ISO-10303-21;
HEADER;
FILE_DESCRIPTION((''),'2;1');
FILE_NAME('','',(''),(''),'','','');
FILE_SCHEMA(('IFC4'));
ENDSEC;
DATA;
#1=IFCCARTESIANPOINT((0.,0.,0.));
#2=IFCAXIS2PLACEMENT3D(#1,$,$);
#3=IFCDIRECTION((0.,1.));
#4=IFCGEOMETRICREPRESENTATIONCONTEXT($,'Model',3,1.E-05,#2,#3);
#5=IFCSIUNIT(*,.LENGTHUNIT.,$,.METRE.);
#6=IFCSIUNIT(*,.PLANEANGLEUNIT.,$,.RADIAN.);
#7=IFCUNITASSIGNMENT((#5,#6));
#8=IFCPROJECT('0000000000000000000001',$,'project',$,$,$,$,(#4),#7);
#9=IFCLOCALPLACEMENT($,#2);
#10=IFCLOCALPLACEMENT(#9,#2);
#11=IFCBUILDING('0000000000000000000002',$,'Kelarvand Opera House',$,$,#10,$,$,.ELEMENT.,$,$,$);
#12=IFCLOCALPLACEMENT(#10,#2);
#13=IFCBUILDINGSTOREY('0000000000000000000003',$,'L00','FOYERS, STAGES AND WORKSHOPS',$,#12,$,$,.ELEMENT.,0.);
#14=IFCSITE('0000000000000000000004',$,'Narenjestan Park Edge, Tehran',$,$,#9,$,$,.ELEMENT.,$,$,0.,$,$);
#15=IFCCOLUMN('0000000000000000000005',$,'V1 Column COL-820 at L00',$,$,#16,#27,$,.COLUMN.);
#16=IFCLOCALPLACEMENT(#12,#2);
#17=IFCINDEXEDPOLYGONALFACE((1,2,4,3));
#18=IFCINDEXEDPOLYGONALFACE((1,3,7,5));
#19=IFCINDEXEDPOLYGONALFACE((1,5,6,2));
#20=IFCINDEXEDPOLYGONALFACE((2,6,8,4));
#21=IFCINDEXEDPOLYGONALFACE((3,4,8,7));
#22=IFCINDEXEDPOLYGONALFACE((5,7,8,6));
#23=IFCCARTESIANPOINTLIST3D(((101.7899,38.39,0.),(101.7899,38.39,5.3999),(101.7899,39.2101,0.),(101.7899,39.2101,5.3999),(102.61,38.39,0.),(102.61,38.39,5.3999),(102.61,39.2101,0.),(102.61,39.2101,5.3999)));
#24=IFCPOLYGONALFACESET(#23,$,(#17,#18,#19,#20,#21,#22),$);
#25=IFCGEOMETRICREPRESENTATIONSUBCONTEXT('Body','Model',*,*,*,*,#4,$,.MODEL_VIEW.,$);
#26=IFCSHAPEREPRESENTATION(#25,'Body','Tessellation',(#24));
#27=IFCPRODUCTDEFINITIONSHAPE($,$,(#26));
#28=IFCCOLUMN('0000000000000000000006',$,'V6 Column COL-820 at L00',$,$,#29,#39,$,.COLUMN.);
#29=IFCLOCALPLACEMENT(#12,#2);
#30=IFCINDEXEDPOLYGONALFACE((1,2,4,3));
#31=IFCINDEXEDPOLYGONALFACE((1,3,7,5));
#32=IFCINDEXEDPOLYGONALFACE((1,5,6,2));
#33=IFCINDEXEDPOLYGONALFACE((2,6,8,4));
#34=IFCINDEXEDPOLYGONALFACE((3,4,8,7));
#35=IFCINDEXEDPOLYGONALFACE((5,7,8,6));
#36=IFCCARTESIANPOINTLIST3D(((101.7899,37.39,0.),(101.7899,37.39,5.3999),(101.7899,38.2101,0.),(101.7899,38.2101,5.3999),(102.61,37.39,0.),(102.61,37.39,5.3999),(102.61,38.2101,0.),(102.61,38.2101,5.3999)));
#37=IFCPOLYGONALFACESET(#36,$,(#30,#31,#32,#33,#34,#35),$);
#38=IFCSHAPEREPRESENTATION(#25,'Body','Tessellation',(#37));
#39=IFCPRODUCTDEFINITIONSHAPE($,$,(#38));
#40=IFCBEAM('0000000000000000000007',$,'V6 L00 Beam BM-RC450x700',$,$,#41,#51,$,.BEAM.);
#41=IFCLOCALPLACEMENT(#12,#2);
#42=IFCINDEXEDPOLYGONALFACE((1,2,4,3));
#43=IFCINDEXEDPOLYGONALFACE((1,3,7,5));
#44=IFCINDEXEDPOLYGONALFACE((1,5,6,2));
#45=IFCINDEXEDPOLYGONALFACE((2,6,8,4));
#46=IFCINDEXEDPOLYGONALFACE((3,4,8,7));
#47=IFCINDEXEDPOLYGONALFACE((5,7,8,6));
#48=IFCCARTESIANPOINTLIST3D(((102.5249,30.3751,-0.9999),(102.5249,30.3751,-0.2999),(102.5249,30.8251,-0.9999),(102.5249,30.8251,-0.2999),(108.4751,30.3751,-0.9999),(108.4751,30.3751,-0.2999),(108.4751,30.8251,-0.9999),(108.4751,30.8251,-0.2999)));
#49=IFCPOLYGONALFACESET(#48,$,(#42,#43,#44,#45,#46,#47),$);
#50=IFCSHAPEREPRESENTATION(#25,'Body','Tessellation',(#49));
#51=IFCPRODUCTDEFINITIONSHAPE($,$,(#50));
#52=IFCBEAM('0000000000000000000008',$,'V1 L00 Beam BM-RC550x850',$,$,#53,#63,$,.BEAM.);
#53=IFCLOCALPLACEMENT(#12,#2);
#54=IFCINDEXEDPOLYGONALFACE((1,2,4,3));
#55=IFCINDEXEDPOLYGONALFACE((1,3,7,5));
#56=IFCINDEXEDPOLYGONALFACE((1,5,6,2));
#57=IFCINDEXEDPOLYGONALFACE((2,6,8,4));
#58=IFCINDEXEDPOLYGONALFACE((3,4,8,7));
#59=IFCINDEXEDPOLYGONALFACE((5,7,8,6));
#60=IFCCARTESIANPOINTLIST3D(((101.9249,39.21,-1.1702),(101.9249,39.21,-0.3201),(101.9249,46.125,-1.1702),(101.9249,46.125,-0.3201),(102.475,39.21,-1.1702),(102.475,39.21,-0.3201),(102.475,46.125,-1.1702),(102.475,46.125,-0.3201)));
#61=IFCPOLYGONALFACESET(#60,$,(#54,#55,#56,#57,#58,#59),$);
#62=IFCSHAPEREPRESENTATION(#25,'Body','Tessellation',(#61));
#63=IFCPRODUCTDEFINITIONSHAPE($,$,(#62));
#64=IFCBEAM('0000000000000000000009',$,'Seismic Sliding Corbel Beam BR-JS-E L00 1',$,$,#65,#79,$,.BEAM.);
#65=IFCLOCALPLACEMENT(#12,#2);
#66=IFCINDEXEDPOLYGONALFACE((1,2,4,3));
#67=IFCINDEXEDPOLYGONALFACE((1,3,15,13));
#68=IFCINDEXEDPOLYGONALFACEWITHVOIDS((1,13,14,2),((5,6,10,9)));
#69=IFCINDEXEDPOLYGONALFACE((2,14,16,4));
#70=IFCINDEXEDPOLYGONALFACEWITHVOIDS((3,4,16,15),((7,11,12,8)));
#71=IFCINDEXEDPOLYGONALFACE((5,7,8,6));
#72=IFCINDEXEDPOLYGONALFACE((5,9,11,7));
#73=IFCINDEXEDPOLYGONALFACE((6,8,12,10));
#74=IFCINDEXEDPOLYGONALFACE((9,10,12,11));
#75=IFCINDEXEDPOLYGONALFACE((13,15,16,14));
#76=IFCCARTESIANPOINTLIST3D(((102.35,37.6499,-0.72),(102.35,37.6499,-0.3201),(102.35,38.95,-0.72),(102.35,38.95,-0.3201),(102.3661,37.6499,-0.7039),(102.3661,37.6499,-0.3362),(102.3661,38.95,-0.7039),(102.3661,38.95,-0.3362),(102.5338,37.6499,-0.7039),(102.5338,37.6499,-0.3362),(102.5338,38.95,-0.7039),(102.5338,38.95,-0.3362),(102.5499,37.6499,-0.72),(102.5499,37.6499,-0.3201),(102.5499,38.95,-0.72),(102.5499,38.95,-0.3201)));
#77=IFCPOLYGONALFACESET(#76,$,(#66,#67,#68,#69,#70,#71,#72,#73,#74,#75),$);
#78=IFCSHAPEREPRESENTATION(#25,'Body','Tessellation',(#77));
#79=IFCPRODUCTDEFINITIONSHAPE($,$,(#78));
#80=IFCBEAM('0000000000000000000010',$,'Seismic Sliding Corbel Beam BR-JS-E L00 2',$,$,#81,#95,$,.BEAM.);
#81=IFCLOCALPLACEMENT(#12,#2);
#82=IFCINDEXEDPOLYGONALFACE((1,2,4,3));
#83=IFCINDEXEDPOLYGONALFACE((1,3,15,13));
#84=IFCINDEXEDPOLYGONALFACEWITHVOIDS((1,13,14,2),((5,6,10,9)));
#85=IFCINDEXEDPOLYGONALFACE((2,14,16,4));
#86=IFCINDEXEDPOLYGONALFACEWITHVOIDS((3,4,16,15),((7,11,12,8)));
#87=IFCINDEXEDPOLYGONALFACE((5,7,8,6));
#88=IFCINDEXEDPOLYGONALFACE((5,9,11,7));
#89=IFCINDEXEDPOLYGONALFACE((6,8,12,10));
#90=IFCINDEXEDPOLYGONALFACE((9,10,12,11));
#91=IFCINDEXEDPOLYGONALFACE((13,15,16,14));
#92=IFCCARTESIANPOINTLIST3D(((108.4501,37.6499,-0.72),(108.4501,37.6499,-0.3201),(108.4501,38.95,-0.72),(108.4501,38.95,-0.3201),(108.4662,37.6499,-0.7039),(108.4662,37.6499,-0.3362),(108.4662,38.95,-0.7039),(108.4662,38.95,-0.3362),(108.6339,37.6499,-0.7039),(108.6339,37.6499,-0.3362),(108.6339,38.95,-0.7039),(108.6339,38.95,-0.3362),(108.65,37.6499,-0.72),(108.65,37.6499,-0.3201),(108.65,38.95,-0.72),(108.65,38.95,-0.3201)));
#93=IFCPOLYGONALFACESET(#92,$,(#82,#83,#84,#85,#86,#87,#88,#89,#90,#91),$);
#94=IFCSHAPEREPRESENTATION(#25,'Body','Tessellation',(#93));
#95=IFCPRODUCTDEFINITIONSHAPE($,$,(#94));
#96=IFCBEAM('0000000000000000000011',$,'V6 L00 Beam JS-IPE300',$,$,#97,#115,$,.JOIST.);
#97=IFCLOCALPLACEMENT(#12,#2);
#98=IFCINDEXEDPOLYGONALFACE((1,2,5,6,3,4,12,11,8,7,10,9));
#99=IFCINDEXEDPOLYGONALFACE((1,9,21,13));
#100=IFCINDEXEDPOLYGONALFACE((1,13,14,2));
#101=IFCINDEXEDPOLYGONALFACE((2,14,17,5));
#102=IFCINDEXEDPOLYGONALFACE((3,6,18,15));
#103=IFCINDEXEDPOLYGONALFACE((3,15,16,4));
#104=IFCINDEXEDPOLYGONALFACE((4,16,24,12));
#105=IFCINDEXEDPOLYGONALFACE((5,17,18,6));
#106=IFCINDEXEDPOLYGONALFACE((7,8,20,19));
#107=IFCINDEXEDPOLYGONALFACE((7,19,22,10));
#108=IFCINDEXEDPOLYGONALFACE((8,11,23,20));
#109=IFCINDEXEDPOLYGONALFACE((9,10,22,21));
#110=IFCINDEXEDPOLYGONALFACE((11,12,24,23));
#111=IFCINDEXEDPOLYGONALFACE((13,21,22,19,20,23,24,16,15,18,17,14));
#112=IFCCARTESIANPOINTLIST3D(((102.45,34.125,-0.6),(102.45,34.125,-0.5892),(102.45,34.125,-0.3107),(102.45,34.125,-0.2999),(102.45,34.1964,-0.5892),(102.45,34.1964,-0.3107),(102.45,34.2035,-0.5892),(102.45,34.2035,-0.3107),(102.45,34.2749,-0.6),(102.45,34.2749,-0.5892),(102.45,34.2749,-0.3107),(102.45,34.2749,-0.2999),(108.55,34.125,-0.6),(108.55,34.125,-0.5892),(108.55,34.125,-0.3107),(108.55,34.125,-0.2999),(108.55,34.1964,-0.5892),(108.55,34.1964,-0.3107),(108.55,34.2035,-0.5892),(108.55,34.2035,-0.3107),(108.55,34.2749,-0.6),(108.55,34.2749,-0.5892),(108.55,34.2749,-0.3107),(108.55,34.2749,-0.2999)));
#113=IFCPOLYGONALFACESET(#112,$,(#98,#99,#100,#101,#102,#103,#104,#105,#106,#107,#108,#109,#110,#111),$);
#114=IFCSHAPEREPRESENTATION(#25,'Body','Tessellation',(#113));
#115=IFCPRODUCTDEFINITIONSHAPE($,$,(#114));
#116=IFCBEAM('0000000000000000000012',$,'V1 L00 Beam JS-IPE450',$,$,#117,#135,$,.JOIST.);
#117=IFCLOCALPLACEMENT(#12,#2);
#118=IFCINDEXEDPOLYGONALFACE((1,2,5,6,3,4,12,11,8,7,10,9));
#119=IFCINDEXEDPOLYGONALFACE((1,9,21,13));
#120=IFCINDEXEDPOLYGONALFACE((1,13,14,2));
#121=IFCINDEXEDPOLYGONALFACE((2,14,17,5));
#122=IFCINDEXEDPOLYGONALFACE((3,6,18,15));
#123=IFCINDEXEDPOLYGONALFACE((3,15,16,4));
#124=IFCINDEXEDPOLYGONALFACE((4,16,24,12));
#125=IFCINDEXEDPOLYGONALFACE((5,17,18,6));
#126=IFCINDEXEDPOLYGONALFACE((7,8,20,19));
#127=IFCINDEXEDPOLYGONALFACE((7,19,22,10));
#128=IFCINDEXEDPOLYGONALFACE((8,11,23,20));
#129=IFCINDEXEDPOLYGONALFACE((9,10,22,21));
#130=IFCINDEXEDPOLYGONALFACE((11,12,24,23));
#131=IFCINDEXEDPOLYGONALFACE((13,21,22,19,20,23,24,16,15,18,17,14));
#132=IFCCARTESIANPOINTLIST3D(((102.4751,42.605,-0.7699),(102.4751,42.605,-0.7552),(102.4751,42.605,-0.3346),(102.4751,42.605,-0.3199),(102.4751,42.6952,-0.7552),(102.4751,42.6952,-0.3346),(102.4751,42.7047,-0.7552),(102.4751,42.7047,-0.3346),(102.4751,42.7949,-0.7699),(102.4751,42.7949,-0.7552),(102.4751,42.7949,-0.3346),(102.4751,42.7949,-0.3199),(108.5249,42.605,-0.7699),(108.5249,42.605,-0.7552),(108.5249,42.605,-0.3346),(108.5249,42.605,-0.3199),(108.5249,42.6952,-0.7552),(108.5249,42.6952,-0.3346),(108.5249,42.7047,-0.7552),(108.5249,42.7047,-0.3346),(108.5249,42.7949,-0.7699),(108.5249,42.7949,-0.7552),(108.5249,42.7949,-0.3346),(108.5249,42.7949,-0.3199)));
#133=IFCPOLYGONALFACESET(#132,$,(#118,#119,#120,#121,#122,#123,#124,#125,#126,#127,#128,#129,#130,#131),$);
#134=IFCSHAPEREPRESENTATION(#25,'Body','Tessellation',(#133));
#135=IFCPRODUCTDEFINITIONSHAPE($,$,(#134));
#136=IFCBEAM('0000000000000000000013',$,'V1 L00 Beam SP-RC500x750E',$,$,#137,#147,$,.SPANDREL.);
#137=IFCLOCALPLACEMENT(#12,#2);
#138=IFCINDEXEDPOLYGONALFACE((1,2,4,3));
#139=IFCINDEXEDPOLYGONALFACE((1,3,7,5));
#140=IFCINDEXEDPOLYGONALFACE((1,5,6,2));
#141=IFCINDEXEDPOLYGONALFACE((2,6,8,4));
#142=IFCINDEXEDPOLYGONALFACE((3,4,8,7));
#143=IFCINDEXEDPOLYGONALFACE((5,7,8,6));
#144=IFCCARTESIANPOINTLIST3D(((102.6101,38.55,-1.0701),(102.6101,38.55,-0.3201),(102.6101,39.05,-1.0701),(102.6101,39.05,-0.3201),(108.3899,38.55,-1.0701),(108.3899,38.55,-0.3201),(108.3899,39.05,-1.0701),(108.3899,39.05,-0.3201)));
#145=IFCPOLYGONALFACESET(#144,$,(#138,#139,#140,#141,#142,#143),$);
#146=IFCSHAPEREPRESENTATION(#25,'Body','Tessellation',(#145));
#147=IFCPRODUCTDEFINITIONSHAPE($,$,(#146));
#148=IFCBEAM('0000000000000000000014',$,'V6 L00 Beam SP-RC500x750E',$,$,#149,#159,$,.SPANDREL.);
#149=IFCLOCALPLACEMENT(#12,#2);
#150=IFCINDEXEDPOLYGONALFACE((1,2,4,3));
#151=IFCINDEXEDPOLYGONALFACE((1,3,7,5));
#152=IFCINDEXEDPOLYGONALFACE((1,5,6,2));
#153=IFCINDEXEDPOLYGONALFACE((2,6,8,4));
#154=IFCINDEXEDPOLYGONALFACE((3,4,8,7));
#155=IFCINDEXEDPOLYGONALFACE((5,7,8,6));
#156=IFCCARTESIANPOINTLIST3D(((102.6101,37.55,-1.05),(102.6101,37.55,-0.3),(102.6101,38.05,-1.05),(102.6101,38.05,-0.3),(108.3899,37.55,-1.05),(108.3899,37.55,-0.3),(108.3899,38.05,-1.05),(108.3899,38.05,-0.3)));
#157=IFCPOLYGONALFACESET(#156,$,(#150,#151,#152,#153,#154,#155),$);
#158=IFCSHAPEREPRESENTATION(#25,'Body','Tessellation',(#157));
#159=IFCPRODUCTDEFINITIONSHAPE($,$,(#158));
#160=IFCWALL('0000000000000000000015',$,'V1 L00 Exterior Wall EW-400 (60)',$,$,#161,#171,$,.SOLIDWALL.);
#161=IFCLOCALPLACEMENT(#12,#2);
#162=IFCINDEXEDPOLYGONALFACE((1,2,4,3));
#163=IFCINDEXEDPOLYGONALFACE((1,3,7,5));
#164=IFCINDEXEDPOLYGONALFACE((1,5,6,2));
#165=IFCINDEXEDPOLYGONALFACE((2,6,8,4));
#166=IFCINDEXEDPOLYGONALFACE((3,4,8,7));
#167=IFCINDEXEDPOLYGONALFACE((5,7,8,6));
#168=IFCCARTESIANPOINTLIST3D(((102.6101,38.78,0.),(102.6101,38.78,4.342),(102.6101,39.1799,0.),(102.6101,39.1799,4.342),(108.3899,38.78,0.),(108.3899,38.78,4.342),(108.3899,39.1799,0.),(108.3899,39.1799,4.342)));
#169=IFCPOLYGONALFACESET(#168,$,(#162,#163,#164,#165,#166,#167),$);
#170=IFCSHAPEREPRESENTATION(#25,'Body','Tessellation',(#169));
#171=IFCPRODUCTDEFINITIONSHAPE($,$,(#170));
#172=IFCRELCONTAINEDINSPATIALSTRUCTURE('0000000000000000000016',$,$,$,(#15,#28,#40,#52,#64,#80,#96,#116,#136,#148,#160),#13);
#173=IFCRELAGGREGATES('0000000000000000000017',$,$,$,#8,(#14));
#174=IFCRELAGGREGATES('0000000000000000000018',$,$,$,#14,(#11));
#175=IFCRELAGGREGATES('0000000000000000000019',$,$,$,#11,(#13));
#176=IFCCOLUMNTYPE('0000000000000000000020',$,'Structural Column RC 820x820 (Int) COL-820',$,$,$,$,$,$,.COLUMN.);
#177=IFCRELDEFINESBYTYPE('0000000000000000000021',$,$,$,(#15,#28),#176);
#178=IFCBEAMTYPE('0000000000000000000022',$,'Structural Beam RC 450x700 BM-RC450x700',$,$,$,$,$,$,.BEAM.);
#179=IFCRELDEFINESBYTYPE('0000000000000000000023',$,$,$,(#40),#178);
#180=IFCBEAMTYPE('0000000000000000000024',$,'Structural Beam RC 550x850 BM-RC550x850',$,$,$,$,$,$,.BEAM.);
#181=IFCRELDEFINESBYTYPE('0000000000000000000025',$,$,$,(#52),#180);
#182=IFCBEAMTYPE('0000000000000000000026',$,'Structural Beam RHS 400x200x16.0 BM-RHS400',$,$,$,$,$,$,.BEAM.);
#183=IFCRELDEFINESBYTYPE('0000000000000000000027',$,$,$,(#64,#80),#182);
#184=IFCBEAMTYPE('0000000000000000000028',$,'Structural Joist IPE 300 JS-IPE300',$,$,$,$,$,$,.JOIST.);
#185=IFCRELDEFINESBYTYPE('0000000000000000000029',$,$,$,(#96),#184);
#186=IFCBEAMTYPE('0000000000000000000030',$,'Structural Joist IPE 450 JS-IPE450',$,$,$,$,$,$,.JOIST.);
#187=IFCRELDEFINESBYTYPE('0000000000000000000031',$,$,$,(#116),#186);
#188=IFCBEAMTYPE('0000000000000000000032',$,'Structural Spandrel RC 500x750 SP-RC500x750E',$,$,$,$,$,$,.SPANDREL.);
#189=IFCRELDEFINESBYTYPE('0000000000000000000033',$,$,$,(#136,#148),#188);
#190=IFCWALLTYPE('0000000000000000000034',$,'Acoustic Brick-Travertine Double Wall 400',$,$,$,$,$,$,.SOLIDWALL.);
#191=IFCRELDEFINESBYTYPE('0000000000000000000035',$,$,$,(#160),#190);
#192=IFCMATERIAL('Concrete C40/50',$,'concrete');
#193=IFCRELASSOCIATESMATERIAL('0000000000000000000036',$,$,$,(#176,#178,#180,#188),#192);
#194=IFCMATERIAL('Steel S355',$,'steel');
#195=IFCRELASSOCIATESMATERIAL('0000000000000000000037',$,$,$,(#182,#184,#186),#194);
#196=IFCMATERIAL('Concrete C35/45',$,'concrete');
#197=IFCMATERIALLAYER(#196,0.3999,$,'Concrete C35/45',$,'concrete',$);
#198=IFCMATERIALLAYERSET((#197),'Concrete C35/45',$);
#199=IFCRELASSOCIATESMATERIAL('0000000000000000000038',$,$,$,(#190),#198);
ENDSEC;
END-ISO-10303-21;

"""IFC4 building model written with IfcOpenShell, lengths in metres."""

from ifc_helpers import new_model, si_unit, direction, frame, frame_2d, origin, origin_2d, place, context, subcontext, project, spatial, rectangle, hollow_rectangle, i_section, extrude, material, layer, layer_set, material_profile, profile_set, type_object, element, save


model = new_model("IFC4")

# Units and contexts
model_context = context("Model", 3, precision=1e-05, world=origin(), true_north=direction((0.0, 1.0)))
body_context = subcontext(model_context, "Body", "Model", "MODEL_VIEW")
ifc_project = project(units=[si_unit("LENGTHUNIT", "METRE"), si_unit("PLANEANGLEUNIT", "RADIAN")], contexts=[model_context])

# Site, building, storey
site_placement = place(None, origin())
site = spatial("IfcSite", under=ifc_project, at=site_placement, Name="Narenjestan Park Edge, Tehran", CompositionType="ELEMENT", RefElevation=0.0)
building_placement = place(site_placement, origin())
building = spatial("IfcBuilding", under=site, at=building_placement, Name="Kelarvand Opera House", CompositionType="ELEMENT")
storey_placement = place(building_placement, origin())
storey = spatial("IfcBuildingStorey", under=building, at=storey_placement, Name="L00", Description="FOYERS, STAGES AND WORKSHOPS", CompositionType="ELEMENT", Elevation=0.0)

# Columns
ifc_material_1 = material(Name="Concrete C40/50", Category="concrete")
ifc_material_profile_1 = material_profile(ifc_material_1, rectangle(XDim=0.8201, YDim=0.8201, at=origin_2d()), Name="RC 820x820", Category="concrete")
ifc_profile_set_1 = profile_set([ifc_material_profile_1], Name="Concrete C40/50")
column_type = type_object("IfcColumnType", Name="Structural Column RC 820x820 (Int) COL-820", PredefinedType="COLUMN", material=ifc_profile_set_1)
for number, where, z_axis, x_axis, name in (
    (1, (102.2, 38.8, 0.0), (0.0, 0.0, 1.0), (1.0, 0.0, 0.0), "V1 Column COL-820 at L00"),
    (2, (102.2, 37.8, 0.0), (0.0, 0.0, 1.0), (1.0, 0.0, 0.0), "V6 Column COL-820 at L00"),
):
    element("IfcColumn", number, at=place(storey_placement, frame(where, z_axis=z_axis, x_axis=x_axis)), inside=storey, type_object=column_type, Name=name, PredefinedType="COLUMN", context=body_context, shape_type="SweptSolid", body=[
        extrude(rectangle(XDim=0.8201, YDim=0.8201, at=origin_2d()), origin(), (0.0, 0.0, 1.0), 5.3999),
    ])

# Beams
ifc_material_profile_2 = material_profile(ifc_material_1, rectangle(XDim=0.45, YDim=0.7, at=origin_2d()), Name="RC 450x700", Category="concrete")
ifc_profile_set_2 = profile_set([ifc_material_profile_2], Name="Concrete C40/50")
beam_type_1 = type_object("IfcBeamType", Name="Structural Beam RC 450x700 BM-RC450x700", PredefinedType="BEAM", material=ifc_profile_set_2)
beam_1_placement = place(storey_placement, frame((102.5249, 30.6001, -0.6499), z_axis=(1.0, 0.0, 0.0), x_axis=(0.0, 1.0, 0.0)))
element("IfcBeam", 3, at=beam_1_placement, inside=storey, type_object=beam_type_1, Name="V6 L00 Beam BM-RC450x700", PredefinedType="BEAM", context=body_context, shape_type="SweptSolid", body=[
    extrude(rectangle(XDim=0.45, YDim=0.7, at=origin_2d()), origin(), (0.0, 0.0, 1.0), 5.9502),
])
ifc_material_profile_3 = material_profile(ifc_material_1, rectangle(XDim=0.55, YDim=0.8501, at=origin_2d()), Name="RC 550x850", Category="concrete")
ifc_profile_set_3 = profile_set([ifc_material_profile_3], Name="Concrete C40/50")
beam_type_2 = type_object("IfcBeamType", Name="Structural Beam RC 550x850 BM-RC550x850", PredefinedType="BEAM", material=ifc_profile_set_3)
beam_2_placement = place(storey_placement, frame((102.2, 39.21, -0.7451), z_axis=(0.0, 1.0, 0.0), x_axis=(-1.0, 0.0, 0.0)))
element("IfcBeam", 4, at=beam_2_placement, inside=storey, type_object=beam_type_2, Name="V1 L00 Beam BM-RC550x850", PredefinedType="BEAM", context=body_context, shape_type="SweptSolid", body=[
    extrude(rectangle(XDim=0.55, YDim=0.8501, at=origin_2d()), origin(), (0.0, 0.0, 1.0), 6.915),
])
ifc_material_2 = material(Name="Steel S355", Category="steel")
ifc_material_profile_4 = material_profile(ifc_material_2, hollow_rectangle(XDim=0.2, YDim=0.3999, WallThickness=0.0161, at=origin_2d()), Name="RHS 400x200x16.0", Category="steel")
ifc_profile_set_4 = profile_set([ifc_material_profile_4], Name="Steel S355")
beam_type_3 = type_object("IfcBeamType", Name="Structural Beam RHS 400x200x16.0 BM-RHS400", PredefinedType="BEAM", material=ifc_profile_set_4)
for number, where, z_axis, x_axis, name in (
    (5, (102.45, 37.6499, -0.52), (0.0, 1.0, 0.0), (-1.0, 0.0, 0.0), "Seismic Sliding Corbel Beam BR-JS-E L00 1"),
    (6, (108.55, 37.6499, -0.52), (0.0, 1.0, 0.0), (-1.0, 0.0, 0.0), "Seismic Sliding Corbel Beam BR-JS-E L00 2"),
):
    element("IfcBeam", number, at=place(storey_placement, frame(where, z_axis=z_axis, x_axis=x_axis)), inside=storey, type_object=beam_type_3, Name=name, PredefinedType="BEAM", context=body_context, shape_type="SweptSolid", body=[
        extrude(hollow_rectangle(XDim=0.2, YDim=0.3999, WallThickness=0.0161, at=origin_2d()), origin(), (0.0, 0.0, 1.0), 1.3),
    ])
ifc_material_profile_5 = material_profile(ifc_material_2, i_section(OverallWidth=0.1499, OverallDepth=0.3, WebThickness=0.0071, FlangeThickness=0.0107, at=origin_2d()), Name="IPE 300", Category="steel")
ifc_profile_set_5 = profile_set([ifc_material_profile_5], Name="Steel S355")
beam_type_4 = type_object("IfcBeamType", Name="Structural Joist IPE 300 JS-IPE300", PredefinedType="JOIST", material=ifc_profile_set_5)
beam_3_placement = place(storey_placement, frame((102.45, 34.2, -0.45), z_axis=(1.0, 0.0, 0.0), x_axis=(0.0, 1.0, 0.0)))
element("IfcBeam", 7, at=beam_3_placement, inside=storey, type_object=beam_type_4, Name="V6 L00 Beam JS-IPE300", PredefinedType="JOIST", context=body_context, shape_type="SweptSolid", body=[
    extrude(i_section(OverallWidth=0.1499, OverallDepth=0.3, WebThickness=0.0071, FlangeThickness=0.0107, at=origin_2d()), origin(), (0.0, 0.0, 1.0), 6.1001),
])
ifc_material_profile_6 = material_profile(ifc_material_2, i_section(OverallWidth=0.1899, OverallDepth=0.45, WebThickness=0.0095, FlangeThickness=0.0146, at=origin_2d()), Name="IPE 450", Category="steel")
ifc_profile_set_6 = profile_set([ifc_material_profile_6], Name="Steel S355")
beam_type_5 = type_object("IfcBeamType", Name="Structural Joist IPE 450 JS-IPE450", PredefinedType="JOIST", material=ifc_profile_set_6)
beam_4_placement = place(storey_placement, frame((102.4751, 42.7, -0.5449), z_axis=(1.0, 0.0, 0.0), x_axis=(0.0, 1.0, 0.0)))
element("IfcBeam", 8, at=beam_4_placement, inside=storey, type_object=beam_type_5, Name="V1 L00 Beam JS-IPE450", PredefinedType="JOIST", context=body_context, shape_type="SweptSolid", body=[
    extrude(i_section(OverallWidth=0.1899, OverallDepth=0.45, WebThickness=0.0095, FlangeThickness=0.0146, at=origin_2d()), origin(), (0.0, 0.0, 1.0), 6.0498),
])
ifc_material_profile_7 = material_profile(ifc_material_1, rectangle(XDim=0.5, YDim=0.75, at=origin_2d()), Name="RC 500x750", Category="concrete")
ifc_profile_set_7 = profile_set([ifc_material_profile_7], Name="Concrete C40/50")
beam_type_6 = type_object("IfcBeamType", Name="Structural Spandrel RC 500x750 SP-RC500x750E", PredefinedType="SPANDREL", material=ifc_profile_set_7)
for number, where, z_axis, x_axis, name in (
    (9, (102.6101, 38.8, -0.6951), (1.0, 0.0, 0.0), (0.0, 1.0, 0.0), "V1 L00 Beam SP-RC500x750E"),
    (10, (102.6101, 37.8, -0.675), (1.0, 0.0, 0.0), (0.0, 1.0, 0.0), "V6 L00 Beam SP-RC500x750E"),
):
    element("IfcBeam", number, at=place(storey_placement, frame(where, z_axis=z_axis, x_axis=x_axis)), inside=storey, type_object=beam_type_6, Name=name, PredefinedType="SPANDREL", context=body_context, shape_type="SweptSolid", body=[
        extrude(rectangle(XDim=0.5, YDim=0.75, at=origin_2d()), origin(), (0.0, 0.0, 1.0), 5.7798),
    ])

# Wall
ifc_material_3 = material(Name="Concrete C35/45", Category="concrete")
ifc_layer_1 = layer(ifc_material_3, 0.3999, Name="Concrete C35/45", Category="concrete")
ifc_layer_set_1 = layer_set([ifc_layer_1], Name="Concrete C35/45")
wall_type_1 = type_object("IfcWallType", Name="Acoustic Brick-Travertine Double Wall 400", PredefinedType="SOLIDWALL", material=ifc_layer_set_1)
wall_1_placement = place(storey_placement, frame((108.3899, 38.98, 0.0), z_axis=(0.0, 0.0, 1.0), x_axis=(-1.0, 0.0, 0.0)))
element("IfcWall", 11, at=wall_1_placement, inside=storey, type_object=wall_type_1, Name="V1 L00 Exterior Wall EW-400 (60)", PredefinedType="SOLIDWALL", context=body_context, shape_type="SweptSolid", body=[
    extrude(rectangle(XDim=5.7798, YDim=0.3999, at=frame_2d((2.8899, 0.0))), origin(), (0.0, 0.0, 1.0), 4.342),
])

save(model, "model.ifc")
